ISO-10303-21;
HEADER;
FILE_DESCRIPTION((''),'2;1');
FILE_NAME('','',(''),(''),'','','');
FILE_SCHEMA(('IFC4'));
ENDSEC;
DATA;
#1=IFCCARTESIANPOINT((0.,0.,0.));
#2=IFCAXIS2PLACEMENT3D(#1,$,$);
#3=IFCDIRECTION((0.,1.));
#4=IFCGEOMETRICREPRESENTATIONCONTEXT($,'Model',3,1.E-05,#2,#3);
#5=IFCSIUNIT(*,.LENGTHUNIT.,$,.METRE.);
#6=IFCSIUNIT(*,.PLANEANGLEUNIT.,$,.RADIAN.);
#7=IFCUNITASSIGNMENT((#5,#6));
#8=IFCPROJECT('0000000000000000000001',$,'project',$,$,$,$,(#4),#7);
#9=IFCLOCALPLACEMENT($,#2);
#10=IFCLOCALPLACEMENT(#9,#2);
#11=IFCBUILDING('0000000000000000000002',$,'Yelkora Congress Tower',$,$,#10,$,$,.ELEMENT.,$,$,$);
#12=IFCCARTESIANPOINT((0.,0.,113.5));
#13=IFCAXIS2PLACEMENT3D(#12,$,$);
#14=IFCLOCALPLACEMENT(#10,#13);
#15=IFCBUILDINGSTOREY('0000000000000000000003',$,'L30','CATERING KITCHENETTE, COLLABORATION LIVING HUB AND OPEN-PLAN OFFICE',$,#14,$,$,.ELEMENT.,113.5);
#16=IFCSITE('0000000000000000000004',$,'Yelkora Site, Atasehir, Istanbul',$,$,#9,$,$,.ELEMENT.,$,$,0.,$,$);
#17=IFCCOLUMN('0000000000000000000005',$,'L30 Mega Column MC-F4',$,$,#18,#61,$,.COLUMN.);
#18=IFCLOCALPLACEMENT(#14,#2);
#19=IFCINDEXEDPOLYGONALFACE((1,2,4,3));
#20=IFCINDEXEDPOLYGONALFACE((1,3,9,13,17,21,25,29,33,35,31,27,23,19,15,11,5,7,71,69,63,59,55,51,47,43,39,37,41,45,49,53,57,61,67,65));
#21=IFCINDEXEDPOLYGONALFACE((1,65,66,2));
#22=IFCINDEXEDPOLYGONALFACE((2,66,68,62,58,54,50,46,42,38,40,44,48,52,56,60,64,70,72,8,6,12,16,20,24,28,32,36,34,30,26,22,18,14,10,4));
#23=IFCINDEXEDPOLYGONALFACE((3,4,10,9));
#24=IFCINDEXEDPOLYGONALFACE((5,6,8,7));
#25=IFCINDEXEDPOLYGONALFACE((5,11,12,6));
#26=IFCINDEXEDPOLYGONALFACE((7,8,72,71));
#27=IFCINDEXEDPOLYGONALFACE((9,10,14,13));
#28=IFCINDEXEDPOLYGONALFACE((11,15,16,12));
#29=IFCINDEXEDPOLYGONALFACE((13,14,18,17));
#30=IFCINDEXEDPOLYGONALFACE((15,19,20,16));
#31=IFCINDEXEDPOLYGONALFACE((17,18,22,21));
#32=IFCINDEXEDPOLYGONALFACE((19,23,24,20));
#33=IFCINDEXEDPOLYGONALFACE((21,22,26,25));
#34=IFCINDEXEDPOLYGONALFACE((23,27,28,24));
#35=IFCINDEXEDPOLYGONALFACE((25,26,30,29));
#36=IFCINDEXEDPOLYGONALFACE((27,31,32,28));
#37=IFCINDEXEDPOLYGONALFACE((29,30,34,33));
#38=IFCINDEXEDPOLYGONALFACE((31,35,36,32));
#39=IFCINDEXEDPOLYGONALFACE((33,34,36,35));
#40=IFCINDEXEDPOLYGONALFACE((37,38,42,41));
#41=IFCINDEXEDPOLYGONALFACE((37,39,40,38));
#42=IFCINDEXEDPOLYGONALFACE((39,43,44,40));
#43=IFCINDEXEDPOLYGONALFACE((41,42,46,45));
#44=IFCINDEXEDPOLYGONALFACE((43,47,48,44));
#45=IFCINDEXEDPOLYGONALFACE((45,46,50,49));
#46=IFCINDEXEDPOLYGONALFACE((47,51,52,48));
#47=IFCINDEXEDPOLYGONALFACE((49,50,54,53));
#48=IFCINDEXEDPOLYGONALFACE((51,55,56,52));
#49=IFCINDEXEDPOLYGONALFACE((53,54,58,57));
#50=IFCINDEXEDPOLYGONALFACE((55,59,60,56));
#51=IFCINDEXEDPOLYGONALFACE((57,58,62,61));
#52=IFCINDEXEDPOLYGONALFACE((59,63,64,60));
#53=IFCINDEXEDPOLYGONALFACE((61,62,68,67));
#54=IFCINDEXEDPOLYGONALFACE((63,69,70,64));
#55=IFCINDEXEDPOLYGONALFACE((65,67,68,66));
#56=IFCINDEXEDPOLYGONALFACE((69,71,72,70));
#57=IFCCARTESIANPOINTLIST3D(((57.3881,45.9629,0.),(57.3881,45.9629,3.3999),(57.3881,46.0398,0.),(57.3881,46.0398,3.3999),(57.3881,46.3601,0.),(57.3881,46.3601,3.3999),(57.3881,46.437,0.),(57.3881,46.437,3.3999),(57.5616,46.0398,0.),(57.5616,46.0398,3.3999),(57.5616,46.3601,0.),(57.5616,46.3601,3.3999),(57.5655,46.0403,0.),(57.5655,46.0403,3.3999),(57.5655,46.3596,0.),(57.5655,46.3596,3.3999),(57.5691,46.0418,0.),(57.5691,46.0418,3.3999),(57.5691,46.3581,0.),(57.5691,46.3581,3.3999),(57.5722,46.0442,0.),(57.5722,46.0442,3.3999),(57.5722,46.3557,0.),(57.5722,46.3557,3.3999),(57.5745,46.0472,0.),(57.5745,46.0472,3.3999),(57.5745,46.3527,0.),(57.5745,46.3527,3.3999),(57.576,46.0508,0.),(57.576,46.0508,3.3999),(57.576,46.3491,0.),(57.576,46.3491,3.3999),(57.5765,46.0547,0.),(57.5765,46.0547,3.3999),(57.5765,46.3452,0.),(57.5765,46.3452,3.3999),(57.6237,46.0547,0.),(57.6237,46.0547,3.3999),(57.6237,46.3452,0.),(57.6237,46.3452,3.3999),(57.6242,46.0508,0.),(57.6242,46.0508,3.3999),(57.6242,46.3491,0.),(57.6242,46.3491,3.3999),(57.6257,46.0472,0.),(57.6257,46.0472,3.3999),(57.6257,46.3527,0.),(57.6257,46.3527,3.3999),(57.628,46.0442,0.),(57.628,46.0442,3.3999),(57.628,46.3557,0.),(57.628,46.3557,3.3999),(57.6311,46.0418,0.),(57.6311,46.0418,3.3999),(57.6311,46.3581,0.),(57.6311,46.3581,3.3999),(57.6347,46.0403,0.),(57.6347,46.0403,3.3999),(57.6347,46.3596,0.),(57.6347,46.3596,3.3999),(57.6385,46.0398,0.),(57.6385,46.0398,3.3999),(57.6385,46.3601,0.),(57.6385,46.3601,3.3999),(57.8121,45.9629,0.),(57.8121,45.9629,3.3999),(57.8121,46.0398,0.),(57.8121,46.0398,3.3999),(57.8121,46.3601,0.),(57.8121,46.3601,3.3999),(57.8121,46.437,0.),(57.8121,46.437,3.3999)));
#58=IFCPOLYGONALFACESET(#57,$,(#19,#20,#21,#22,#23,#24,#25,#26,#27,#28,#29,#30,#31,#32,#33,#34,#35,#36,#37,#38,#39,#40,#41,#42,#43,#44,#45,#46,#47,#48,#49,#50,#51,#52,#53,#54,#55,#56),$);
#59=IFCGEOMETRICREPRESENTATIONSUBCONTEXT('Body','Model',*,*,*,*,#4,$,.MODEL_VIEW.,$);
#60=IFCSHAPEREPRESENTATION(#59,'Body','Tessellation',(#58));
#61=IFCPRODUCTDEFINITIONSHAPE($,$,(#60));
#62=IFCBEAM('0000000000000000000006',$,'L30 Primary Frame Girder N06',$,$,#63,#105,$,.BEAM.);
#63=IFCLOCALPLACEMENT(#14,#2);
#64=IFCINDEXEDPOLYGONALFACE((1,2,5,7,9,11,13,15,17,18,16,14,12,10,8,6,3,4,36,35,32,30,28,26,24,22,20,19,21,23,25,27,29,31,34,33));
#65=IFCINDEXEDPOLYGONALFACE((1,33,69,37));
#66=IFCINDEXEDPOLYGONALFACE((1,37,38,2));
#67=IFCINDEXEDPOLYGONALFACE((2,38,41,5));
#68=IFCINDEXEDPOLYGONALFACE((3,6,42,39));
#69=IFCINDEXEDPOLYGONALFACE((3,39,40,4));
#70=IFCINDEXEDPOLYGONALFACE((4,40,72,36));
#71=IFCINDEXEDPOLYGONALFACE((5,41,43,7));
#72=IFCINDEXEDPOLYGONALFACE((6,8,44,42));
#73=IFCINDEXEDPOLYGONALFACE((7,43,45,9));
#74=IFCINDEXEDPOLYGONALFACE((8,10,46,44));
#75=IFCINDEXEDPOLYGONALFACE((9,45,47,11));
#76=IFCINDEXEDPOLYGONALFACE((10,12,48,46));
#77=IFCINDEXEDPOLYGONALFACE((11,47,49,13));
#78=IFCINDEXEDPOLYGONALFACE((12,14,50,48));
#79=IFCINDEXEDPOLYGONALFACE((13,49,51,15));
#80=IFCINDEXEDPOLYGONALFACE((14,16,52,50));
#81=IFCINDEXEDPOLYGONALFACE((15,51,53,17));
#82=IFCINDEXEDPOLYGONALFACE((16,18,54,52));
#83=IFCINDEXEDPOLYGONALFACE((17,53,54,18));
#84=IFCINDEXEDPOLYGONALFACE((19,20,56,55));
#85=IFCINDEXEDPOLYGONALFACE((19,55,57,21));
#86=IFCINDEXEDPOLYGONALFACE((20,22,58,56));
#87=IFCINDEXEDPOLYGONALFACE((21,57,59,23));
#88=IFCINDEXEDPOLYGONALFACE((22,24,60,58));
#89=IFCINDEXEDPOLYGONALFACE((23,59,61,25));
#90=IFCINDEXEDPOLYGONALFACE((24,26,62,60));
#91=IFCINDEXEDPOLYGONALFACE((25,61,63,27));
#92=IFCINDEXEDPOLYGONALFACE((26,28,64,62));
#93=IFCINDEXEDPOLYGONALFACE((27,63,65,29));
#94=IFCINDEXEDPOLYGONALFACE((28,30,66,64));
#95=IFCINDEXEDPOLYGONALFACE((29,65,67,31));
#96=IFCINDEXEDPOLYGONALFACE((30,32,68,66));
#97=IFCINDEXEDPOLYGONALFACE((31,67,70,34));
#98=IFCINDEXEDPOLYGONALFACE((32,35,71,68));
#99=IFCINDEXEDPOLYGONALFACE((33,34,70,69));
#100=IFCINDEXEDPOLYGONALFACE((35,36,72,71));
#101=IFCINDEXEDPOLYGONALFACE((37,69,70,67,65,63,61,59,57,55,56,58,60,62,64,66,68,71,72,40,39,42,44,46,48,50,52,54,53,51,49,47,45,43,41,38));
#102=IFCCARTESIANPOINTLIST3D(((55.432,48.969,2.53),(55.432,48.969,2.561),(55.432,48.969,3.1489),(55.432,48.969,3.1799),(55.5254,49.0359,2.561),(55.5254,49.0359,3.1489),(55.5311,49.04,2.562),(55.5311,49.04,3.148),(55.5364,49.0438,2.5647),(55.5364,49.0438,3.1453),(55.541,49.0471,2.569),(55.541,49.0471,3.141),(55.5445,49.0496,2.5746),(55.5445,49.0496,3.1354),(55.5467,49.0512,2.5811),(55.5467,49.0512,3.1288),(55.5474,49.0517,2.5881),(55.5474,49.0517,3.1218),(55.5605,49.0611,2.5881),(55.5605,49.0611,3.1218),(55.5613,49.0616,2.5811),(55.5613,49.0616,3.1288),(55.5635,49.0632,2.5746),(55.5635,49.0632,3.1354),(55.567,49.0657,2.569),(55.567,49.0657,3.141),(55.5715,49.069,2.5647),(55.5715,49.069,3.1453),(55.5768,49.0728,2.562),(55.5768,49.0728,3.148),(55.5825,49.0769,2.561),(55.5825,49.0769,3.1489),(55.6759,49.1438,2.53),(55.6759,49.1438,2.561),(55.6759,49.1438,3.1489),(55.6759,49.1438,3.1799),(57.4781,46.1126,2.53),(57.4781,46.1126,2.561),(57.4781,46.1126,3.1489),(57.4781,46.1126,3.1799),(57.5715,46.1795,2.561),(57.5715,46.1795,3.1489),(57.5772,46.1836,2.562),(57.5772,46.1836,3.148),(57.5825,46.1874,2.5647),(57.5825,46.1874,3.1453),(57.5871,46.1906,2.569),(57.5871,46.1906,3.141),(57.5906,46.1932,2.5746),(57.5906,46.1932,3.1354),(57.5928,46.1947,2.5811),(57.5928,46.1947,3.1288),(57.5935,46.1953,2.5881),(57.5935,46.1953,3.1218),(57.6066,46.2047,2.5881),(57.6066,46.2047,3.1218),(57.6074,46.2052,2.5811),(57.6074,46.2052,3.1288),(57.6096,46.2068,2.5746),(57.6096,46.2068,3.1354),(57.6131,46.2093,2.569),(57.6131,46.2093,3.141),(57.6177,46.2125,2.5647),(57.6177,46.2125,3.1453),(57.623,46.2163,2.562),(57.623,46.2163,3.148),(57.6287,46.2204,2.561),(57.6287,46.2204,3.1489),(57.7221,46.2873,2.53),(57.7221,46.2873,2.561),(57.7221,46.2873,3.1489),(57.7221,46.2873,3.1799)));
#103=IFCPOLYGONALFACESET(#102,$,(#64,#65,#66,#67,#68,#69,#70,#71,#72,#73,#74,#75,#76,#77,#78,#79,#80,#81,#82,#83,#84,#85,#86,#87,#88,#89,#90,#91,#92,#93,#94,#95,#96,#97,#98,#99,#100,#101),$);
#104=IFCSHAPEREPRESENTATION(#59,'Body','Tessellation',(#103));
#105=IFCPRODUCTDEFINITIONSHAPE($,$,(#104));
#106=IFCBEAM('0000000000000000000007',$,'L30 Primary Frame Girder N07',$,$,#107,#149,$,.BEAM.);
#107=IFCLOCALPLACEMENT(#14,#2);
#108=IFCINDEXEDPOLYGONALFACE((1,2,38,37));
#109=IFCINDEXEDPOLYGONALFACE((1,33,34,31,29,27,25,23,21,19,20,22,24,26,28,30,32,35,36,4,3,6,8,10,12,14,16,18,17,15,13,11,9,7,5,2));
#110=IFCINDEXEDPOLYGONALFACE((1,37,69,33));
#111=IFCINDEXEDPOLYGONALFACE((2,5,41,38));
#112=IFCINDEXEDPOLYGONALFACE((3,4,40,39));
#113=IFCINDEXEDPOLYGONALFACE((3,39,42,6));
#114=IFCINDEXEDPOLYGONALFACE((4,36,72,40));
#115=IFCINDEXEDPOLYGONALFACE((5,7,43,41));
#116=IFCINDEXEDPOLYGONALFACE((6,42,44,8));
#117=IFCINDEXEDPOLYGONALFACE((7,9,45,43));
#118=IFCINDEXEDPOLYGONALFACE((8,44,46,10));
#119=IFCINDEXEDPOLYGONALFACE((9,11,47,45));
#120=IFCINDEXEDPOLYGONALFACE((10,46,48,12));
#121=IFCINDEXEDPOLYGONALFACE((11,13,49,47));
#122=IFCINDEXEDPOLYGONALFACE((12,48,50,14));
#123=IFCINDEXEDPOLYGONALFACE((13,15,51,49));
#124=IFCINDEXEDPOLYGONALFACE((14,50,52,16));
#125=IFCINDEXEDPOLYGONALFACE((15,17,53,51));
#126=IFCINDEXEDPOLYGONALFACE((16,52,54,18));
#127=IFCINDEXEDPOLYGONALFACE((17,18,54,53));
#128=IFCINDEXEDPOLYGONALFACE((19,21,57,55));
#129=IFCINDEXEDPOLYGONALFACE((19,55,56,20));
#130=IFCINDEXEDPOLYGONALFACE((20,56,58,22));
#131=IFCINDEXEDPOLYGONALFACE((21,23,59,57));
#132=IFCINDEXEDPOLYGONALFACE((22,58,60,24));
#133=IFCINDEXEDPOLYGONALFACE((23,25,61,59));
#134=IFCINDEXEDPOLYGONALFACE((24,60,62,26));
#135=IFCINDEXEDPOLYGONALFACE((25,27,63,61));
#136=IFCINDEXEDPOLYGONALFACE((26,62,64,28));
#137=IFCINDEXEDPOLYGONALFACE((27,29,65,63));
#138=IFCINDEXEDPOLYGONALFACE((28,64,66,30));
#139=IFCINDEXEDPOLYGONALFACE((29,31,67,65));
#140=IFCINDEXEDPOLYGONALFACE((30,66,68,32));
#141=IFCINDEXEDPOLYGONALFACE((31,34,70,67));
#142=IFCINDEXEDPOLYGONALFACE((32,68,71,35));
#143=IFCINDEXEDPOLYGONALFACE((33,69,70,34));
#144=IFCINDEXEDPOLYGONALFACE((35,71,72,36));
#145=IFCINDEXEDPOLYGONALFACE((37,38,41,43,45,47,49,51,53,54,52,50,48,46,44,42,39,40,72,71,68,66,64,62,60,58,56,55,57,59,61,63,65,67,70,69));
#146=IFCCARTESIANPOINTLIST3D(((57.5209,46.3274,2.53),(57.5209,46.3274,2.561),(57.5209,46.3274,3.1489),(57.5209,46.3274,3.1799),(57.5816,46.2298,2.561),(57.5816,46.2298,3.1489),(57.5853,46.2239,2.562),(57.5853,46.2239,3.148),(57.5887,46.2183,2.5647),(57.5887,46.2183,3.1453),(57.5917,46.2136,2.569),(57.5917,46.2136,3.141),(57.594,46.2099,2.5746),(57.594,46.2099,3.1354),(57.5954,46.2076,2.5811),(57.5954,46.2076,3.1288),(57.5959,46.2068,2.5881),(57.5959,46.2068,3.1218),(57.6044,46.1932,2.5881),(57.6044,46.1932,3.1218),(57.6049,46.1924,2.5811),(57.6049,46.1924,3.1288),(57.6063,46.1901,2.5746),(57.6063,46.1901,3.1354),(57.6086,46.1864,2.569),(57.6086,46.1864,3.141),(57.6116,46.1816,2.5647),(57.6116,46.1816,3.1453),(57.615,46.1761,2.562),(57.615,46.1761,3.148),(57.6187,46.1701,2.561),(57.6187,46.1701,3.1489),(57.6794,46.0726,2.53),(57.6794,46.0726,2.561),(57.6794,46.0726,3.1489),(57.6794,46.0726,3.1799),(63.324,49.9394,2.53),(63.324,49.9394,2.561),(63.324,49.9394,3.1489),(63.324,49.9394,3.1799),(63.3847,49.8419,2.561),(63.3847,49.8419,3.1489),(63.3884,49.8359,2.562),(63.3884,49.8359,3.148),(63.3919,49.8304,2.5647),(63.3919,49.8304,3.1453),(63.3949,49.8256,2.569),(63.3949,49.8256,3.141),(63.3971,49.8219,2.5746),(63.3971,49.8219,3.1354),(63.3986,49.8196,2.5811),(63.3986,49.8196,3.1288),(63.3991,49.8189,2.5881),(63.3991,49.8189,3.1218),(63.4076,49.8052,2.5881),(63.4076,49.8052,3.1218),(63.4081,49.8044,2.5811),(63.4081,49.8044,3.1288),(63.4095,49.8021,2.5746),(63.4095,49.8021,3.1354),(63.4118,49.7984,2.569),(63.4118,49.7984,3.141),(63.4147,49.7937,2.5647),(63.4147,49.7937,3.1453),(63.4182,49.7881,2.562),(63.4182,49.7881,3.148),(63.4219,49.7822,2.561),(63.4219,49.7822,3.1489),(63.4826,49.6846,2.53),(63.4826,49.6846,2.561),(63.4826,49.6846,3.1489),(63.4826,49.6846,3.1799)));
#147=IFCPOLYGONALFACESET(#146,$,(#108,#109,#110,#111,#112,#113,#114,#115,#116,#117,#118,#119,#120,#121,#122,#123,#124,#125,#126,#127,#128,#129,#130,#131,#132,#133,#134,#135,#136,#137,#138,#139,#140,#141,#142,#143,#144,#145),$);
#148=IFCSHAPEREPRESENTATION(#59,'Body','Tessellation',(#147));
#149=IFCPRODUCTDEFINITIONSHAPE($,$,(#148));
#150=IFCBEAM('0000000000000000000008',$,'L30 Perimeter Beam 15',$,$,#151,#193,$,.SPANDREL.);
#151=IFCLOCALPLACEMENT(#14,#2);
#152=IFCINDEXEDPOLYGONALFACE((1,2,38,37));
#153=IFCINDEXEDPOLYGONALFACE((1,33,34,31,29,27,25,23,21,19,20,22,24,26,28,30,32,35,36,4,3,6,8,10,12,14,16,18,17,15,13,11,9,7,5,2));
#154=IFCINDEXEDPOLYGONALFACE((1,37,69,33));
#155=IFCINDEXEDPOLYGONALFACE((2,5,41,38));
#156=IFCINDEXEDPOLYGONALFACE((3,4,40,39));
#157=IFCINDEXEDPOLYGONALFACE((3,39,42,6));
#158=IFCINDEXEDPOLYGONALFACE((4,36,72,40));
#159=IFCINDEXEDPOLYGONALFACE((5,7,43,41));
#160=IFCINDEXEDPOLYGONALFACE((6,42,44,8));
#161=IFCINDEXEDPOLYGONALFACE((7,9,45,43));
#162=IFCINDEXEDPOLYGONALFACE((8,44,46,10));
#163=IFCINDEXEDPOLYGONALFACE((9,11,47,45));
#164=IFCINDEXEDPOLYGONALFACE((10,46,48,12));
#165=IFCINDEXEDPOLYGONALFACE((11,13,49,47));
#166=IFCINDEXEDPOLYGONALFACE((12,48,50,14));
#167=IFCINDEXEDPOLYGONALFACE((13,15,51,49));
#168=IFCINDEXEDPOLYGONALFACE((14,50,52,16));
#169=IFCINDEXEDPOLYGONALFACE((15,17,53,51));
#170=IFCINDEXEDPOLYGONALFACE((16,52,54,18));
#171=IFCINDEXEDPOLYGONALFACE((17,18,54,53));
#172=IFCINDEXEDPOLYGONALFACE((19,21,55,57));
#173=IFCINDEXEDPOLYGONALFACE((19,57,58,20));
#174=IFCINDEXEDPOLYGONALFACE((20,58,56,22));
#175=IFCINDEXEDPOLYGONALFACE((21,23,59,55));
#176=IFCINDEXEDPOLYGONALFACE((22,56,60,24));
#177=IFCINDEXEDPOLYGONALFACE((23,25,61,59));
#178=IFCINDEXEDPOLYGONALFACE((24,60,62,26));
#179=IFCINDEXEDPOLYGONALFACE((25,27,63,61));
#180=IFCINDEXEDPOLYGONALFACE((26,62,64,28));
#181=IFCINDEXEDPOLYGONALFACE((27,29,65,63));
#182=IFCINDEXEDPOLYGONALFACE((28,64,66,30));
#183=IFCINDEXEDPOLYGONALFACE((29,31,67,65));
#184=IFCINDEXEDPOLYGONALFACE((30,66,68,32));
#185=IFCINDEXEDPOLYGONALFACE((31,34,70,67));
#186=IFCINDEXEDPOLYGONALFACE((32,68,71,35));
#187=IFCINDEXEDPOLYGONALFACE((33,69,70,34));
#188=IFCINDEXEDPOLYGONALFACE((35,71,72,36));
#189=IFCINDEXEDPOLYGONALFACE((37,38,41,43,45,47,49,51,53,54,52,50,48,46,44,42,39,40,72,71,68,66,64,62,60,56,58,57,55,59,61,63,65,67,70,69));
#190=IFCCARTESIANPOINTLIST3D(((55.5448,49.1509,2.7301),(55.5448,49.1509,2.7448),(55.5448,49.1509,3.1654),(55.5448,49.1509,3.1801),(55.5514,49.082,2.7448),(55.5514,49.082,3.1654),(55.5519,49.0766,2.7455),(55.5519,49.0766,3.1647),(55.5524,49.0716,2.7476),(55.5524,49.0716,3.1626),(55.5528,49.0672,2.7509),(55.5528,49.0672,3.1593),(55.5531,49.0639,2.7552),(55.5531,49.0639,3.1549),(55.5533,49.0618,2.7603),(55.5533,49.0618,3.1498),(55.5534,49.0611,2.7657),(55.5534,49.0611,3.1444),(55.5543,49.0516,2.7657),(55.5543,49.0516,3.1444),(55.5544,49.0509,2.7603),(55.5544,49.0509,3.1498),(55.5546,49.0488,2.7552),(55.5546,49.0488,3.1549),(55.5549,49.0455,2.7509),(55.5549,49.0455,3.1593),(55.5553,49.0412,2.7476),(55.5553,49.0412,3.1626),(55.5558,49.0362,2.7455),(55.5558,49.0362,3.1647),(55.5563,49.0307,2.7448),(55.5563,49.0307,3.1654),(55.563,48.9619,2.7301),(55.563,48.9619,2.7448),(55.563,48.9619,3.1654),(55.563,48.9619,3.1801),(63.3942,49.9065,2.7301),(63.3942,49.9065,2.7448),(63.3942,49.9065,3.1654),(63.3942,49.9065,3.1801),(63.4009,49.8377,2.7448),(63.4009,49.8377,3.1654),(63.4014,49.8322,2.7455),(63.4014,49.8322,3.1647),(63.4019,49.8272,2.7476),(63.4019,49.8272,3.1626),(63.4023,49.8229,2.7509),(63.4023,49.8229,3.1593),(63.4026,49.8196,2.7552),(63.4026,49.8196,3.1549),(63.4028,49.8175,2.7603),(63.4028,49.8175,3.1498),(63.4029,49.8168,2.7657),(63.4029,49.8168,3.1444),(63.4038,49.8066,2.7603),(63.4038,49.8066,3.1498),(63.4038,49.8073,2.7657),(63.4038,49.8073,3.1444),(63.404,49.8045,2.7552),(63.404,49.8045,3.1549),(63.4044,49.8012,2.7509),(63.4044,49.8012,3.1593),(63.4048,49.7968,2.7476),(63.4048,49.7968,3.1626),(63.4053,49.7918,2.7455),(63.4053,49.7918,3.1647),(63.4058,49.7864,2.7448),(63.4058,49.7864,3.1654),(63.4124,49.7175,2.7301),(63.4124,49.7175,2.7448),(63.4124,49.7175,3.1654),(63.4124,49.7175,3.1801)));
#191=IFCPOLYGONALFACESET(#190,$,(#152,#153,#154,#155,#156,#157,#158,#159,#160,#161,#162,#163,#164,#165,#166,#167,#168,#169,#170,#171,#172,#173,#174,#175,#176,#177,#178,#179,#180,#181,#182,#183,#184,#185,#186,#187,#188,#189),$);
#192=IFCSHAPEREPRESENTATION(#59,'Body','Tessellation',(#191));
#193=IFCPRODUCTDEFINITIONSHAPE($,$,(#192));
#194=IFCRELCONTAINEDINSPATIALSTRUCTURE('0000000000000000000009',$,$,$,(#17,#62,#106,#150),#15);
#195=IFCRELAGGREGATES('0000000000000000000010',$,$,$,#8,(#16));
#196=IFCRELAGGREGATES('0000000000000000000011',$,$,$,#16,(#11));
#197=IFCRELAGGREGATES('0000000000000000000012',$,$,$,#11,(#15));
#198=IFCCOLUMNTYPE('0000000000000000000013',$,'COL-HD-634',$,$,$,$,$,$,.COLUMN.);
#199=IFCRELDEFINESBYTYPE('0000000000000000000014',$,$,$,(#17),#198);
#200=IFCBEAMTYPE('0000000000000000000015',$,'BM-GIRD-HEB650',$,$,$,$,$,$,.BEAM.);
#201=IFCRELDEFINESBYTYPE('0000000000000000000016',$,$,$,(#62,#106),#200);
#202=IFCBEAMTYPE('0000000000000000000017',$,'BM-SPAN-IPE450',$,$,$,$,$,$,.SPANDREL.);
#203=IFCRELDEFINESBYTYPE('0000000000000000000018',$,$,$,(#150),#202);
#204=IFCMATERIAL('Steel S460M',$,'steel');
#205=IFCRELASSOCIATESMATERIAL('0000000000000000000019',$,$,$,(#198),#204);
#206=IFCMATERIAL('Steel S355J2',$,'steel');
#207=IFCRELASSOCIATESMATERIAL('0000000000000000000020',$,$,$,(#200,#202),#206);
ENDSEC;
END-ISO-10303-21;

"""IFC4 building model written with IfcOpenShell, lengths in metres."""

from ifc_helpers import new_model, si_unit, direction, frame, origin, origin_2d, place, context, subcontext, project, spatial, i_section, extrude, material, material_profile, profile_set, type_object, element, save


model = new_model("IFC4")

# Units and contexts
model_context = context("Model", 3, precision=1e-05, world=origin(), true_north=direction((0.0, 1.0)))
body_context = subcontext(model_context, "Body", "Model", "MODEL_VIEW")
ifc_project = project(units=[si_unit("LENGTHUNIT", "METRE"), si_unit("PLANEANGLEUNIT", "RADIAN")], contexts=[model_context])

# Site, building, storey
site_placement = place(None, origin())
site = spatial("IfcSite", under=ifc_project, at=site_placement, Name="Yelkora Site, Atasehir, Istanbul", CompositionType="ELEMENT", RefElevation=0.0)
building_placement = place(site_placement, origin())
building = spatial("IfcBuilding", under=site, at=building_placement, Name="Yelkora Congress Tower", CompositionType="ELEMENT")
storey_placement = place(building_placement, frame((0.0, 0.0, 113.5)))
storey = spatial("IfcBuildingStorey", under=building, at=storey_placement, Name="L30", Description="CATERING KITCHENETTE, COLLABORATION LIVING HUB AND OPEN-PLAN OFFICE", CompositionType="ELEMENT", Elevation=113.5)

# Column
ifc_material_1 = material(Name="Steel S460M", Category="steel")
ifc_material_profile_1 = material_profile(ifc_material_1, i_section(OverallWidth=0.4241, OverallDepth=0.4741, WebThickness=0.0471, FlangeThickness=0.0769, FilletRadius=0.0149, at=origin_2d()), Name="HD 400x634")
ifc_profile_set_1 = profile_set([ifc_material_profile_1], Name="Steel S460M")
column_type_1 = type_object("IfcColumnType", Name="COL-HD-634", PredefinedType="COLUMN", material=ifc_profile_set_1)
for number, where, z_axis, x_axis, name in (
    (1, (57.6001, 46.2, 0.0), (0.0, 0.0, 1.0), (1.0, 0.0, 0.0), "L30 Mega Column MC-F4"),
):
    element("IfcColumn", number, at=place(storey_placement, frame(where, z_axis=z_axis, x_axis=x_axis)), inside=storey, type_object=column_type_1, Name=name, PredefinedType="COLUMN", context=body_context, shape_type="SweptSolid", body=[
        extrude(i_section(OverallWidth=0.4241, OverallDepth=0.4741, WebThickness=0.0471, FlangeThickness=0.0769, FilletRadius=0.0149, at=origin_2d()), origin(), (0.0, 0.0, 1.0), 3.3999),
    ])

# Beams
ifc_material_2 = material(Name="Steel S355J2", Category="steel")
ifc_material_profile_2 = material_profile(ifc_material_2, i_section(OverallWidth=0.3, OverallDepth=0.6499, WebThickness=0.0161, FlangeThickness=0.031, FilletRadius=0.0271, at=origin_2d()), Name="HEB 650")
ifc_profile_set_2 = profile_set([ifc_material_profile_2], Name="Steel S355J2")
beam_type_1 = type_object("IfcBeamType", Name="BM-GIRD-HEB650", PredefinedType="BEAM", material=ifc_profile_set_2)
beam_1_placement = place(storey_placement, frame((55.554, 49.0564, 2.855), z_axis=(0.582335, -0.812949, 0.0), x_axis=(0.812949, 0.582335, 0.0)))
element("IfcBeam", 2, at=beam_1_placement, inside=storey, type_object=beam_type_1, Name="L30 Primary Frame Girder N06", PredefinedType="BEAM", context=body_context, shape_type="SweptSolid", body=[
    extrude(i_section(OverallWidth=0.3, OverallDepth=0.6499, WebThickness=0.0161, FlangeThickness=0.031, FilletRadius=0.0271, at=origin_2d()), origin(), (0.0, 0.0, 1.0), 3.5137),
])
beam_2_placement = place(storey_placement, frame((63.4033, 49.812, 2.855), z_axis=(-0.84898, -0.528425, 0.0), x_axis=(0.528425, -0.84898, 0.0)))
element("IfcBeam", 3, at=beam_2_placement, inside=storey, type_object=beam_type_1, Name="L30 Primary Frame Girder N07", PredefinedType="BEAM", context=body_context, shape_type="SweptSolid", body=[
    extrude(i_section(OverallWidth=0.3, OverallDepth=0.6499, WebThickness=0.0161, FlangeThickness=0.031, FilletRadius=0.0271, at=origin_2d()), origin(), (0.0, 0.0, 1.0), 6.8354),
])
ifc_material_profile_3 = material_profile(ifc_material_2, i_section(OverallWidth=0.1899, OverallDepth=0.45, WebThickness=0.0095, FlangeThickness=0.0146, FilletRadius=0.021, at=origin_2d()), Name="IPE 450")
ifc_profile_set_3 = profile_set([ifc_material_profile_3], Name="Steel S355J2")
beam_type_2 = type_object("IfcBeamType", Name="BM-SPAN-IPE450", PredefinedType="SPANDREL", material=ifc_profile_set_3)
for number, where, z_axis, x_axis, name in (
    (4, (63.4033, 49.812, 2.9551), (-0.995399, -0.095822, 0.0), (0.095822, -0.995399, 0.0), "L30 Perimeter Beam 15"),
):
    element("IfcBeam", number, at=place(storey_placement, frame(where, z_axis=z_axis, x_axis=x_axis)), inside=storey, type_object=beam_type_2, Name=name, PredefinedType="SPANDREL", context=body_context, shape_type="SweptSolid", body=[
        extrude(i_section(OverallWidth=0.1899, OverallDepth=0.45, WebThickness=0.0095, FlangeThickness=0.0146, FilletRadius=0.021, at=origin_2d()), origin(), (0.0, 0.0, 1.0), 7.8857),
    ])

save(model, "model.ifc")
